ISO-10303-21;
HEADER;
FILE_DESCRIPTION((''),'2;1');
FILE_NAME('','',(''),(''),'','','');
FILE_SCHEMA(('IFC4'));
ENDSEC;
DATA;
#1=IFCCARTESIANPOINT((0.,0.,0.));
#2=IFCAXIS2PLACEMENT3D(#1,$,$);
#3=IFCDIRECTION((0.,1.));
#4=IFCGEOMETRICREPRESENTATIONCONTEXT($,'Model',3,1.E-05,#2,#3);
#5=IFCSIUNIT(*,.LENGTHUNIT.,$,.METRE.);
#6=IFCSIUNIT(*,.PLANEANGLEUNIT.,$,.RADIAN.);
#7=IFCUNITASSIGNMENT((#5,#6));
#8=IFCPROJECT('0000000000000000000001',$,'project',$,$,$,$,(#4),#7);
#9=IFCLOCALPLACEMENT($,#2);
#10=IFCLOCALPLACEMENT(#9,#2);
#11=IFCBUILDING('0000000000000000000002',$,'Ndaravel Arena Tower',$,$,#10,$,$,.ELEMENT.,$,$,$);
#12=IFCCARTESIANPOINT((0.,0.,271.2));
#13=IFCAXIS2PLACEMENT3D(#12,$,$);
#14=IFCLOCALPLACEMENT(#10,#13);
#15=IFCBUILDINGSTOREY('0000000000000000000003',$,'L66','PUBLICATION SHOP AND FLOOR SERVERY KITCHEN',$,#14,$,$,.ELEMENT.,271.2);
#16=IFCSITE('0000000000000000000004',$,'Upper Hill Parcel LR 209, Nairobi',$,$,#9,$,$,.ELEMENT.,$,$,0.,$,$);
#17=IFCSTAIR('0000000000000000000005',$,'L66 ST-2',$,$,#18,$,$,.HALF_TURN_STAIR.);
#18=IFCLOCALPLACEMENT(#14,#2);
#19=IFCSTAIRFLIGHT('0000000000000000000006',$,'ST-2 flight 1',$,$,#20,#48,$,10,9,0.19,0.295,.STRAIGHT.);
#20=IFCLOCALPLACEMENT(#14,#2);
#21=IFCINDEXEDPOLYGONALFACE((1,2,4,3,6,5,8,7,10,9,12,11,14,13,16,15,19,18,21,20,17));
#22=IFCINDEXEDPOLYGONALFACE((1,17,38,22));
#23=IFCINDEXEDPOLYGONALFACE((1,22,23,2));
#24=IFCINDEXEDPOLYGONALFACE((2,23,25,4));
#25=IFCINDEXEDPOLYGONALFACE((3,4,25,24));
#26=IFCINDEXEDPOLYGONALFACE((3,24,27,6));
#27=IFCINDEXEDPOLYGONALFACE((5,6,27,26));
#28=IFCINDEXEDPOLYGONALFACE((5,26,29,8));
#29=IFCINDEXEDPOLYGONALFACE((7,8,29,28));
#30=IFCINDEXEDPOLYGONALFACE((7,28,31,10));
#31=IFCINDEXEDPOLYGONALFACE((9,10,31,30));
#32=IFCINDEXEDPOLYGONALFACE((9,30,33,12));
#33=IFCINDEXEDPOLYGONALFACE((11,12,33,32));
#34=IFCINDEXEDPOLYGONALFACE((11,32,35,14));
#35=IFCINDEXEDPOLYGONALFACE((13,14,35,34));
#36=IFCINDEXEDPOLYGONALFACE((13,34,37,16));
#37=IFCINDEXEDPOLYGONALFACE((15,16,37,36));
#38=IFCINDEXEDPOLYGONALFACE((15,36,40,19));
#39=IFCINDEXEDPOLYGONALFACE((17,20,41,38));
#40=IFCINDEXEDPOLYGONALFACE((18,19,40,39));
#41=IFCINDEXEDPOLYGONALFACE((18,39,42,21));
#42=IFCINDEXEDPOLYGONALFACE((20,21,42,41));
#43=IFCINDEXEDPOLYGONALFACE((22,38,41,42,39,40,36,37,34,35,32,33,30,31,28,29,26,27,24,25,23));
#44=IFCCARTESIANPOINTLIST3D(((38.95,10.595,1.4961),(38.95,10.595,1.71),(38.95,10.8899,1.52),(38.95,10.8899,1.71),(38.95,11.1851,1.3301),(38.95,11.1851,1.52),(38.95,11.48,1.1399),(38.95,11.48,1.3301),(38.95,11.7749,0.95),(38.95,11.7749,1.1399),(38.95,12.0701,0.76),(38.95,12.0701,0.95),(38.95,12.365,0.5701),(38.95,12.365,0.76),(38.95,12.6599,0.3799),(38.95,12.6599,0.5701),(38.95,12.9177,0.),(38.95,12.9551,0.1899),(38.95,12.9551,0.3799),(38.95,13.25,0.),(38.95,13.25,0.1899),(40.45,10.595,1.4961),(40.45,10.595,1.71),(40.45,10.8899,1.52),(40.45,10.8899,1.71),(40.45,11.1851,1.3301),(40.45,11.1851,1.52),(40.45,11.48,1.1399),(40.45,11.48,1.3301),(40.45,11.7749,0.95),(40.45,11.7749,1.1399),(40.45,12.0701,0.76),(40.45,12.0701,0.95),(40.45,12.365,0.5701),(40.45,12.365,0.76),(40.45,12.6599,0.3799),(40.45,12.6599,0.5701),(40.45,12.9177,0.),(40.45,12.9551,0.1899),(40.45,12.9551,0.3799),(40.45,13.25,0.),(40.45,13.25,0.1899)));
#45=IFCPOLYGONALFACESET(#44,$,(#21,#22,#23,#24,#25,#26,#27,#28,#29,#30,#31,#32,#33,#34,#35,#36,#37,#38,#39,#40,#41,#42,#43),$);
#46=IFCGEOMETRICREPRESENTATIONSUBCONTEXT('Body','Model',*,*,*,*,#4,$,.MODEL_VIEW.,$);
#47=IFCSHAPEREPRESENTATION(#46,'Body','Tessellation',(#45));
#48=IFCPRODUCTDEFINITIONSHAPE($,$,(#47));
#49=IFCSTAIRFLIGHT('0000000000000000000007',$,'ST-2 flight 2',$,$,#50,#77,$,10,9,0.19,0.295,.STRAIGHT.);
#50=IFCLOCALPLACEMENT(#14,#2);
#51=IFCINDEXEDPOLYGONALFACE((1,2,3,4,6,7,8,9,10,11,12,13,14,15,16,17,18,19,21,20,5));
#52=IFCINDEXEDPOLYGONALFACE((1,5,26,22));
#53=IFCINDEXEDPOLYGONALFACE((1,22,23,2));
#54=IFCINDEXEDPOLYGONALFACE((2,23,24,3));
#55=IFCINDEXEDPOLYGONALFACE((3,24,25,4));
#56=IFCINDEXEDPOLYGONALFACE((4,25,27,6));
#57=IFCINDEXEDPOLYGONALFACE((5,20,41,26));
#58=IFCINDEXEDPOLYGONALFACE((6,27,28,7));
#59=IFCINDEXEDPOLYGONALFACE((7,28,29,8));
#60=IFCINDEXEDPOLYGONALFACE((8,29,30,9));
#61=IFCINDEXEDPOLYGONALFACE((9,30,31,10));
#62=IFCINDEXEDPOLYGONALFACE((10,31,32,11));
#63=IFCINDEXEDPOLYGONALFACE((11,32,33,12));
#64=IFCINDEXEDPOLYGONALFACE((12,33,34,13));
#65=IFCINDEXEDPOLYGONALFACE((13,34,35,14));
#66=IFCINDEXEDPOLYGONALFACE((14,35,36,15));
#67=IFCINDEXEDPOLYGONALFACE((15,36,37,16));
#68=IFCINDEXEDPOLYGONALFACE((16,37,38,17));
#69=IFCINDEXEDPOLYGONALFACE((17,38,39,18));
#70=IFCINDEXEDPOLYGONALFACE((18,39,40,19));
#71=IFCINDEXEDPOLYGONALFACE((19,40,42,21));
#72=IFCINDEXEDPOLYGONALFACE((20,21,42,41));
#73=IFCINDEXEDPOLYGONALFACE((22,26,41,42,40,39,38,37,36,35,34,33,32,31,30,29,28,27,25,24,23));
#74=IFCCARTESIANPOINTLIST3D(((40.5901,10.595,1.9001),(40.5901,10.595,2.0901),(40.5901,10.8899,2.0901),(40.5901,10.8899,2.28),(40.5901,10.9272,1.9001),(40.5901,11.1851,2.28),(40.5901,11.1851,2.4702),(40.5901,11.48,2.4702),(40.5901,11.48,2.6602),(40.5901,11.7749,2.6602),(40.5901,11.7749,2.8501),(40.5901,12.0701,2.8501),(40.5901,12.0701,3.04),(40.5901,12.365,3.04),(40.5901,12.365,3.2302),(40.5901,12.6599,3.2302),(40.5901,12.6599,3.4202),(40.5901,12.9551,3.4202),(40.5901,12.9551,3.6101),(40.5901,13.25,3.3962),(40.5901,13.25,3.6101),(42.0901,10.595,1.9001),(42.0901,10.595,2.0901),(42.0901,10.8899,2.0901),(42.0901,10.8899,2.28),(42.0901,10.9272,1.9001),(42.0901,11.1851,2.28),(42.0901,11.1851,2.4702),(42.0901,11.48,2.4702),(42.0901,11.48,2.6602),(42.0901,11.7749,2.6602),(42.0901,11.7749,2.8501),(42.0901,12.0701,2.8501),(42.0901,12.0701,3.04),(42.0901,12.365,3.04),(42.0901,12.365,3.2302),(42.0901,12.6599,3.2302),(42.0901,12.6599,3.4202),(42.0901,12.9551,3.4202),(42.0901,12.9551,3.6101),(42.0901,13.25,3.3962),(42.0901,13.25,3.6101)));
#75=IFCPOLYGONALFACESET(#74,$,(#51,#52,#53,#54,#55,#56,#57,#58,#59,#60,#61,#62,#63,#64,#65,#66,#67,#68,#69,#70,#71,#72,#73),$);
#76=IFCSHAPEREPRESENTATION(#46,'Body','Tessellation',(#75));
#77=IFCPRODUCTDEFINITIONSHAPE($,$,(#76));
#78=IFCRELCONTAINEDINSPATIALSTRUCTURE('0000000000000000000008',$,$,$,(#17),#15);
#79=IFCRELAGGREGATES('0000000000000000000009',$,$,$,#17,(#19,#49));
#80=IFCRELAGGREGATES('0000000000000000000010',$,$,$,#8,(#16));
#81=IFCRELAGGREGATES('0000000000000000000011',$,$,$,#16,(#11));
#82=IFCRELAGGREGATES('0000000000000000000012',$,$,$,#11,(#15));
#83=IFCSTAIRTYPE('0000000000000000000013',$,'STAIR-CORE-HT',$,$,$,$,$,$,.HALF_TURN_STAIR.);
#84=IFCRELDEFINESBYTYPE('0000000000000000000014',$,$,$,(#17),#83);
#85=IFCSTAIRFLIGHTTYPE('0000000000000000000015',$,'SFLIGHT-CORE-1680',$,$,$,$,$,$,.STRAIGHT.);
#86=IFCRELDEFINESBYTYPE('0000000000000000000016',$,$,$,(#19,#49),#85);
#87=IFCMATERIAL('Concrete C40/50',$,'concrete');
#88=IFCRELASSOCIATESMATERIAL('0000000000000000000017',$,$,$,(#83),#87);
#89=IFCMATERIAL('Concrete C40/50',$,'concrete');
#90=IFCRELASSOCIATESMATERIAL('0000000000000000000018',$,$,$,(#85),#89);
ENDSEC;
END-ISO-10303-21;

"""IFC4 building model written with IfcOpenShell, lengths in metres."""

from ifc_helpers import new_model, si_unit, direction, frame, origin, place, context, subcontext, project, spatial, polyline, outline, extrude, material, type_object, element, aggregate, save


model = new_model("IFC4")

# Units and contexts
model_context = context("Model", 3, precision=1e-05, world=origin(), true_north=direction((0.0, 1.0)))
body_context = subcontext(model_context, "Body", "Model", "MODEL_VIEW")
ifc_project = project(units=[si_unit("LENGTHUNIT", "METRE"), si_unit("PLANEANGLEUNIT", "RADIAN")], contexts=[model_context])

# Site, building, storey
site_placement = place(None, origin())
site = spatial("IfcSite", under=ifc_project, at=site_placement, Name="Upper Hill Parcel LR 209, Nairobi", CompositionType="ELEMENT", RefElevation=0.0)
building_placement = place(site_placement, origin())
building = spatial("IfcBuilding", under=site, at=building_placement, Name="Ndaravel Arena Tower", CompositionType="ELEMENT")
storey_placement = place(building_placement, frame((0.0, 0.0, 271.2)))
storey = spatial("IfcBuildingStorey", under=building, at=storey_placement, Name="L66", Description="PUBLICATION SHOP AND FLOOR SERVERY KITCHEN", CompositionType="ELEMENT", Elevation=271.2)

# Stair, stair flights
ifc_material_1 = material(Name="Concrete C40/50", Category="concrete")
stair_type = type_object("IfcStairType", Name="STAIR-CORE-HT", PredefinedType="HALF_TURN_STAIR", material=ifc_material_1)
ifc_material_2 = material(Name="Concrete C40/50", Category="concrete")
stair_flight_type = type_object("IfcStairFlightType", Name="SFLIGHT-CORE-1680", PredefinedType="STRAIGHT", material=ifc_material_2)
stair_1_placement = place(storey_placement, origin())
stair_1 = element("IfcStair", 1, at=stair_1_placement, inside=storey, type_object=stair_type, Name="L66 ST-2", PredefinedType="HALF_TURN_STAIR")
stair_flight_1_placement = place(storey_placement, frame((39.7, 13.25, 0.0), z_axis=(0.0, 0.0, 1.0), x_axis=(0.0, -1.0, 0.0)))
stair_flight_1 = element("IfcStairFlight", 2, at=stair_flight_1_placement, type_object=stair_flight_type, Name="ST-2 flight 1", NumberOfRisers=10, NumberOfTreads=9, PredefinedType="STRAIGHT", RiserHeight=0.19, TreadLength=0.295, context=body_context, shape_type="SweptSolid", body=[
    extrude(outline(polyline([(0.0, 0.0), (0.0, 0.1899), (0.2949, 0.1899), (0.2949, 0.3799), (0.5901, 0.3799), (0.5901, 0.5701), (0.885, 0.5701), (0.885, 0.76), (1.1799, 0.76), (1.1799, 0.95), (1.4751, 0.95), (1.4751, 1.1399), (1.77, 1.1399), (1.77, 1.3301), (2.0649, 1.3301), (2.0649, 1.52), (2.3601, 1.52), (2.3601, 1.71), (2.655, 1.71), (2.655, 1.8999), (2.655, 1.4961), (0.3323, 0.0), (0.0, 0.0)])), frame((0.0, 0.75, 0.0), z_axis=(0.0, -1.0, 0.0), x_axis=(1.0, 0.0, 0.0)), (0.0, 0.0, 1.0), 1.5),
])
stair_flight_2_placement = place(storey_placement, frame((41.3401, 10.595, 1.9001), z_axis=(0.0, 0.0, 1.0), x_axis=(0.0, 1.0, 0.0)))
stair_flight_2 = element("IfcStairFlight", 3, at=stair_flight_2_placement, type_object=stair_flight_type, Name="ST-2 flight 2", NumberOfRisers=10, NumberOfTreads=9, PredefinedType="STRAIGHT", RiserHeight=0.19, TreadLength=0.295, context=body_context, shape_type="SweptSolid", body=[
    extrude(outline(polyline([(0.0, 0.0), (0.0, 0.1899), (0.2949, 0.1899), (0.2949, 0.3799), (0.5901, 0.3799), (0.5901, 0.5701), (0.885, 0.5701), (0.885, 0.76), (1.1799, 0.76), (1.1799, 0.95), (1.4751, 0.95), (1.4751, 1.1399), (1.77, 1.1399), (1.77, 1.3301), (2.0649, 1.3301), (2.0649, 1.52), (2.3601, 1.52), (2.3601, 1.71), (2.655, 1.71), (2.655, 1.8999), (2.655, 1.4961), (0.3323, 0.0), (0.0, 0.0)])), frame((0.0, 0.75, 0.0), z_axis=(0.0, -1.0, 0.0), x_axis=(1.0, 0.0, 0.0)), (0.0, 0.0, 1.0), 1.5),
])
aggregate(stair_1, [stair_flight_1, stair_flight_2])

save(model, "model.ifc")
